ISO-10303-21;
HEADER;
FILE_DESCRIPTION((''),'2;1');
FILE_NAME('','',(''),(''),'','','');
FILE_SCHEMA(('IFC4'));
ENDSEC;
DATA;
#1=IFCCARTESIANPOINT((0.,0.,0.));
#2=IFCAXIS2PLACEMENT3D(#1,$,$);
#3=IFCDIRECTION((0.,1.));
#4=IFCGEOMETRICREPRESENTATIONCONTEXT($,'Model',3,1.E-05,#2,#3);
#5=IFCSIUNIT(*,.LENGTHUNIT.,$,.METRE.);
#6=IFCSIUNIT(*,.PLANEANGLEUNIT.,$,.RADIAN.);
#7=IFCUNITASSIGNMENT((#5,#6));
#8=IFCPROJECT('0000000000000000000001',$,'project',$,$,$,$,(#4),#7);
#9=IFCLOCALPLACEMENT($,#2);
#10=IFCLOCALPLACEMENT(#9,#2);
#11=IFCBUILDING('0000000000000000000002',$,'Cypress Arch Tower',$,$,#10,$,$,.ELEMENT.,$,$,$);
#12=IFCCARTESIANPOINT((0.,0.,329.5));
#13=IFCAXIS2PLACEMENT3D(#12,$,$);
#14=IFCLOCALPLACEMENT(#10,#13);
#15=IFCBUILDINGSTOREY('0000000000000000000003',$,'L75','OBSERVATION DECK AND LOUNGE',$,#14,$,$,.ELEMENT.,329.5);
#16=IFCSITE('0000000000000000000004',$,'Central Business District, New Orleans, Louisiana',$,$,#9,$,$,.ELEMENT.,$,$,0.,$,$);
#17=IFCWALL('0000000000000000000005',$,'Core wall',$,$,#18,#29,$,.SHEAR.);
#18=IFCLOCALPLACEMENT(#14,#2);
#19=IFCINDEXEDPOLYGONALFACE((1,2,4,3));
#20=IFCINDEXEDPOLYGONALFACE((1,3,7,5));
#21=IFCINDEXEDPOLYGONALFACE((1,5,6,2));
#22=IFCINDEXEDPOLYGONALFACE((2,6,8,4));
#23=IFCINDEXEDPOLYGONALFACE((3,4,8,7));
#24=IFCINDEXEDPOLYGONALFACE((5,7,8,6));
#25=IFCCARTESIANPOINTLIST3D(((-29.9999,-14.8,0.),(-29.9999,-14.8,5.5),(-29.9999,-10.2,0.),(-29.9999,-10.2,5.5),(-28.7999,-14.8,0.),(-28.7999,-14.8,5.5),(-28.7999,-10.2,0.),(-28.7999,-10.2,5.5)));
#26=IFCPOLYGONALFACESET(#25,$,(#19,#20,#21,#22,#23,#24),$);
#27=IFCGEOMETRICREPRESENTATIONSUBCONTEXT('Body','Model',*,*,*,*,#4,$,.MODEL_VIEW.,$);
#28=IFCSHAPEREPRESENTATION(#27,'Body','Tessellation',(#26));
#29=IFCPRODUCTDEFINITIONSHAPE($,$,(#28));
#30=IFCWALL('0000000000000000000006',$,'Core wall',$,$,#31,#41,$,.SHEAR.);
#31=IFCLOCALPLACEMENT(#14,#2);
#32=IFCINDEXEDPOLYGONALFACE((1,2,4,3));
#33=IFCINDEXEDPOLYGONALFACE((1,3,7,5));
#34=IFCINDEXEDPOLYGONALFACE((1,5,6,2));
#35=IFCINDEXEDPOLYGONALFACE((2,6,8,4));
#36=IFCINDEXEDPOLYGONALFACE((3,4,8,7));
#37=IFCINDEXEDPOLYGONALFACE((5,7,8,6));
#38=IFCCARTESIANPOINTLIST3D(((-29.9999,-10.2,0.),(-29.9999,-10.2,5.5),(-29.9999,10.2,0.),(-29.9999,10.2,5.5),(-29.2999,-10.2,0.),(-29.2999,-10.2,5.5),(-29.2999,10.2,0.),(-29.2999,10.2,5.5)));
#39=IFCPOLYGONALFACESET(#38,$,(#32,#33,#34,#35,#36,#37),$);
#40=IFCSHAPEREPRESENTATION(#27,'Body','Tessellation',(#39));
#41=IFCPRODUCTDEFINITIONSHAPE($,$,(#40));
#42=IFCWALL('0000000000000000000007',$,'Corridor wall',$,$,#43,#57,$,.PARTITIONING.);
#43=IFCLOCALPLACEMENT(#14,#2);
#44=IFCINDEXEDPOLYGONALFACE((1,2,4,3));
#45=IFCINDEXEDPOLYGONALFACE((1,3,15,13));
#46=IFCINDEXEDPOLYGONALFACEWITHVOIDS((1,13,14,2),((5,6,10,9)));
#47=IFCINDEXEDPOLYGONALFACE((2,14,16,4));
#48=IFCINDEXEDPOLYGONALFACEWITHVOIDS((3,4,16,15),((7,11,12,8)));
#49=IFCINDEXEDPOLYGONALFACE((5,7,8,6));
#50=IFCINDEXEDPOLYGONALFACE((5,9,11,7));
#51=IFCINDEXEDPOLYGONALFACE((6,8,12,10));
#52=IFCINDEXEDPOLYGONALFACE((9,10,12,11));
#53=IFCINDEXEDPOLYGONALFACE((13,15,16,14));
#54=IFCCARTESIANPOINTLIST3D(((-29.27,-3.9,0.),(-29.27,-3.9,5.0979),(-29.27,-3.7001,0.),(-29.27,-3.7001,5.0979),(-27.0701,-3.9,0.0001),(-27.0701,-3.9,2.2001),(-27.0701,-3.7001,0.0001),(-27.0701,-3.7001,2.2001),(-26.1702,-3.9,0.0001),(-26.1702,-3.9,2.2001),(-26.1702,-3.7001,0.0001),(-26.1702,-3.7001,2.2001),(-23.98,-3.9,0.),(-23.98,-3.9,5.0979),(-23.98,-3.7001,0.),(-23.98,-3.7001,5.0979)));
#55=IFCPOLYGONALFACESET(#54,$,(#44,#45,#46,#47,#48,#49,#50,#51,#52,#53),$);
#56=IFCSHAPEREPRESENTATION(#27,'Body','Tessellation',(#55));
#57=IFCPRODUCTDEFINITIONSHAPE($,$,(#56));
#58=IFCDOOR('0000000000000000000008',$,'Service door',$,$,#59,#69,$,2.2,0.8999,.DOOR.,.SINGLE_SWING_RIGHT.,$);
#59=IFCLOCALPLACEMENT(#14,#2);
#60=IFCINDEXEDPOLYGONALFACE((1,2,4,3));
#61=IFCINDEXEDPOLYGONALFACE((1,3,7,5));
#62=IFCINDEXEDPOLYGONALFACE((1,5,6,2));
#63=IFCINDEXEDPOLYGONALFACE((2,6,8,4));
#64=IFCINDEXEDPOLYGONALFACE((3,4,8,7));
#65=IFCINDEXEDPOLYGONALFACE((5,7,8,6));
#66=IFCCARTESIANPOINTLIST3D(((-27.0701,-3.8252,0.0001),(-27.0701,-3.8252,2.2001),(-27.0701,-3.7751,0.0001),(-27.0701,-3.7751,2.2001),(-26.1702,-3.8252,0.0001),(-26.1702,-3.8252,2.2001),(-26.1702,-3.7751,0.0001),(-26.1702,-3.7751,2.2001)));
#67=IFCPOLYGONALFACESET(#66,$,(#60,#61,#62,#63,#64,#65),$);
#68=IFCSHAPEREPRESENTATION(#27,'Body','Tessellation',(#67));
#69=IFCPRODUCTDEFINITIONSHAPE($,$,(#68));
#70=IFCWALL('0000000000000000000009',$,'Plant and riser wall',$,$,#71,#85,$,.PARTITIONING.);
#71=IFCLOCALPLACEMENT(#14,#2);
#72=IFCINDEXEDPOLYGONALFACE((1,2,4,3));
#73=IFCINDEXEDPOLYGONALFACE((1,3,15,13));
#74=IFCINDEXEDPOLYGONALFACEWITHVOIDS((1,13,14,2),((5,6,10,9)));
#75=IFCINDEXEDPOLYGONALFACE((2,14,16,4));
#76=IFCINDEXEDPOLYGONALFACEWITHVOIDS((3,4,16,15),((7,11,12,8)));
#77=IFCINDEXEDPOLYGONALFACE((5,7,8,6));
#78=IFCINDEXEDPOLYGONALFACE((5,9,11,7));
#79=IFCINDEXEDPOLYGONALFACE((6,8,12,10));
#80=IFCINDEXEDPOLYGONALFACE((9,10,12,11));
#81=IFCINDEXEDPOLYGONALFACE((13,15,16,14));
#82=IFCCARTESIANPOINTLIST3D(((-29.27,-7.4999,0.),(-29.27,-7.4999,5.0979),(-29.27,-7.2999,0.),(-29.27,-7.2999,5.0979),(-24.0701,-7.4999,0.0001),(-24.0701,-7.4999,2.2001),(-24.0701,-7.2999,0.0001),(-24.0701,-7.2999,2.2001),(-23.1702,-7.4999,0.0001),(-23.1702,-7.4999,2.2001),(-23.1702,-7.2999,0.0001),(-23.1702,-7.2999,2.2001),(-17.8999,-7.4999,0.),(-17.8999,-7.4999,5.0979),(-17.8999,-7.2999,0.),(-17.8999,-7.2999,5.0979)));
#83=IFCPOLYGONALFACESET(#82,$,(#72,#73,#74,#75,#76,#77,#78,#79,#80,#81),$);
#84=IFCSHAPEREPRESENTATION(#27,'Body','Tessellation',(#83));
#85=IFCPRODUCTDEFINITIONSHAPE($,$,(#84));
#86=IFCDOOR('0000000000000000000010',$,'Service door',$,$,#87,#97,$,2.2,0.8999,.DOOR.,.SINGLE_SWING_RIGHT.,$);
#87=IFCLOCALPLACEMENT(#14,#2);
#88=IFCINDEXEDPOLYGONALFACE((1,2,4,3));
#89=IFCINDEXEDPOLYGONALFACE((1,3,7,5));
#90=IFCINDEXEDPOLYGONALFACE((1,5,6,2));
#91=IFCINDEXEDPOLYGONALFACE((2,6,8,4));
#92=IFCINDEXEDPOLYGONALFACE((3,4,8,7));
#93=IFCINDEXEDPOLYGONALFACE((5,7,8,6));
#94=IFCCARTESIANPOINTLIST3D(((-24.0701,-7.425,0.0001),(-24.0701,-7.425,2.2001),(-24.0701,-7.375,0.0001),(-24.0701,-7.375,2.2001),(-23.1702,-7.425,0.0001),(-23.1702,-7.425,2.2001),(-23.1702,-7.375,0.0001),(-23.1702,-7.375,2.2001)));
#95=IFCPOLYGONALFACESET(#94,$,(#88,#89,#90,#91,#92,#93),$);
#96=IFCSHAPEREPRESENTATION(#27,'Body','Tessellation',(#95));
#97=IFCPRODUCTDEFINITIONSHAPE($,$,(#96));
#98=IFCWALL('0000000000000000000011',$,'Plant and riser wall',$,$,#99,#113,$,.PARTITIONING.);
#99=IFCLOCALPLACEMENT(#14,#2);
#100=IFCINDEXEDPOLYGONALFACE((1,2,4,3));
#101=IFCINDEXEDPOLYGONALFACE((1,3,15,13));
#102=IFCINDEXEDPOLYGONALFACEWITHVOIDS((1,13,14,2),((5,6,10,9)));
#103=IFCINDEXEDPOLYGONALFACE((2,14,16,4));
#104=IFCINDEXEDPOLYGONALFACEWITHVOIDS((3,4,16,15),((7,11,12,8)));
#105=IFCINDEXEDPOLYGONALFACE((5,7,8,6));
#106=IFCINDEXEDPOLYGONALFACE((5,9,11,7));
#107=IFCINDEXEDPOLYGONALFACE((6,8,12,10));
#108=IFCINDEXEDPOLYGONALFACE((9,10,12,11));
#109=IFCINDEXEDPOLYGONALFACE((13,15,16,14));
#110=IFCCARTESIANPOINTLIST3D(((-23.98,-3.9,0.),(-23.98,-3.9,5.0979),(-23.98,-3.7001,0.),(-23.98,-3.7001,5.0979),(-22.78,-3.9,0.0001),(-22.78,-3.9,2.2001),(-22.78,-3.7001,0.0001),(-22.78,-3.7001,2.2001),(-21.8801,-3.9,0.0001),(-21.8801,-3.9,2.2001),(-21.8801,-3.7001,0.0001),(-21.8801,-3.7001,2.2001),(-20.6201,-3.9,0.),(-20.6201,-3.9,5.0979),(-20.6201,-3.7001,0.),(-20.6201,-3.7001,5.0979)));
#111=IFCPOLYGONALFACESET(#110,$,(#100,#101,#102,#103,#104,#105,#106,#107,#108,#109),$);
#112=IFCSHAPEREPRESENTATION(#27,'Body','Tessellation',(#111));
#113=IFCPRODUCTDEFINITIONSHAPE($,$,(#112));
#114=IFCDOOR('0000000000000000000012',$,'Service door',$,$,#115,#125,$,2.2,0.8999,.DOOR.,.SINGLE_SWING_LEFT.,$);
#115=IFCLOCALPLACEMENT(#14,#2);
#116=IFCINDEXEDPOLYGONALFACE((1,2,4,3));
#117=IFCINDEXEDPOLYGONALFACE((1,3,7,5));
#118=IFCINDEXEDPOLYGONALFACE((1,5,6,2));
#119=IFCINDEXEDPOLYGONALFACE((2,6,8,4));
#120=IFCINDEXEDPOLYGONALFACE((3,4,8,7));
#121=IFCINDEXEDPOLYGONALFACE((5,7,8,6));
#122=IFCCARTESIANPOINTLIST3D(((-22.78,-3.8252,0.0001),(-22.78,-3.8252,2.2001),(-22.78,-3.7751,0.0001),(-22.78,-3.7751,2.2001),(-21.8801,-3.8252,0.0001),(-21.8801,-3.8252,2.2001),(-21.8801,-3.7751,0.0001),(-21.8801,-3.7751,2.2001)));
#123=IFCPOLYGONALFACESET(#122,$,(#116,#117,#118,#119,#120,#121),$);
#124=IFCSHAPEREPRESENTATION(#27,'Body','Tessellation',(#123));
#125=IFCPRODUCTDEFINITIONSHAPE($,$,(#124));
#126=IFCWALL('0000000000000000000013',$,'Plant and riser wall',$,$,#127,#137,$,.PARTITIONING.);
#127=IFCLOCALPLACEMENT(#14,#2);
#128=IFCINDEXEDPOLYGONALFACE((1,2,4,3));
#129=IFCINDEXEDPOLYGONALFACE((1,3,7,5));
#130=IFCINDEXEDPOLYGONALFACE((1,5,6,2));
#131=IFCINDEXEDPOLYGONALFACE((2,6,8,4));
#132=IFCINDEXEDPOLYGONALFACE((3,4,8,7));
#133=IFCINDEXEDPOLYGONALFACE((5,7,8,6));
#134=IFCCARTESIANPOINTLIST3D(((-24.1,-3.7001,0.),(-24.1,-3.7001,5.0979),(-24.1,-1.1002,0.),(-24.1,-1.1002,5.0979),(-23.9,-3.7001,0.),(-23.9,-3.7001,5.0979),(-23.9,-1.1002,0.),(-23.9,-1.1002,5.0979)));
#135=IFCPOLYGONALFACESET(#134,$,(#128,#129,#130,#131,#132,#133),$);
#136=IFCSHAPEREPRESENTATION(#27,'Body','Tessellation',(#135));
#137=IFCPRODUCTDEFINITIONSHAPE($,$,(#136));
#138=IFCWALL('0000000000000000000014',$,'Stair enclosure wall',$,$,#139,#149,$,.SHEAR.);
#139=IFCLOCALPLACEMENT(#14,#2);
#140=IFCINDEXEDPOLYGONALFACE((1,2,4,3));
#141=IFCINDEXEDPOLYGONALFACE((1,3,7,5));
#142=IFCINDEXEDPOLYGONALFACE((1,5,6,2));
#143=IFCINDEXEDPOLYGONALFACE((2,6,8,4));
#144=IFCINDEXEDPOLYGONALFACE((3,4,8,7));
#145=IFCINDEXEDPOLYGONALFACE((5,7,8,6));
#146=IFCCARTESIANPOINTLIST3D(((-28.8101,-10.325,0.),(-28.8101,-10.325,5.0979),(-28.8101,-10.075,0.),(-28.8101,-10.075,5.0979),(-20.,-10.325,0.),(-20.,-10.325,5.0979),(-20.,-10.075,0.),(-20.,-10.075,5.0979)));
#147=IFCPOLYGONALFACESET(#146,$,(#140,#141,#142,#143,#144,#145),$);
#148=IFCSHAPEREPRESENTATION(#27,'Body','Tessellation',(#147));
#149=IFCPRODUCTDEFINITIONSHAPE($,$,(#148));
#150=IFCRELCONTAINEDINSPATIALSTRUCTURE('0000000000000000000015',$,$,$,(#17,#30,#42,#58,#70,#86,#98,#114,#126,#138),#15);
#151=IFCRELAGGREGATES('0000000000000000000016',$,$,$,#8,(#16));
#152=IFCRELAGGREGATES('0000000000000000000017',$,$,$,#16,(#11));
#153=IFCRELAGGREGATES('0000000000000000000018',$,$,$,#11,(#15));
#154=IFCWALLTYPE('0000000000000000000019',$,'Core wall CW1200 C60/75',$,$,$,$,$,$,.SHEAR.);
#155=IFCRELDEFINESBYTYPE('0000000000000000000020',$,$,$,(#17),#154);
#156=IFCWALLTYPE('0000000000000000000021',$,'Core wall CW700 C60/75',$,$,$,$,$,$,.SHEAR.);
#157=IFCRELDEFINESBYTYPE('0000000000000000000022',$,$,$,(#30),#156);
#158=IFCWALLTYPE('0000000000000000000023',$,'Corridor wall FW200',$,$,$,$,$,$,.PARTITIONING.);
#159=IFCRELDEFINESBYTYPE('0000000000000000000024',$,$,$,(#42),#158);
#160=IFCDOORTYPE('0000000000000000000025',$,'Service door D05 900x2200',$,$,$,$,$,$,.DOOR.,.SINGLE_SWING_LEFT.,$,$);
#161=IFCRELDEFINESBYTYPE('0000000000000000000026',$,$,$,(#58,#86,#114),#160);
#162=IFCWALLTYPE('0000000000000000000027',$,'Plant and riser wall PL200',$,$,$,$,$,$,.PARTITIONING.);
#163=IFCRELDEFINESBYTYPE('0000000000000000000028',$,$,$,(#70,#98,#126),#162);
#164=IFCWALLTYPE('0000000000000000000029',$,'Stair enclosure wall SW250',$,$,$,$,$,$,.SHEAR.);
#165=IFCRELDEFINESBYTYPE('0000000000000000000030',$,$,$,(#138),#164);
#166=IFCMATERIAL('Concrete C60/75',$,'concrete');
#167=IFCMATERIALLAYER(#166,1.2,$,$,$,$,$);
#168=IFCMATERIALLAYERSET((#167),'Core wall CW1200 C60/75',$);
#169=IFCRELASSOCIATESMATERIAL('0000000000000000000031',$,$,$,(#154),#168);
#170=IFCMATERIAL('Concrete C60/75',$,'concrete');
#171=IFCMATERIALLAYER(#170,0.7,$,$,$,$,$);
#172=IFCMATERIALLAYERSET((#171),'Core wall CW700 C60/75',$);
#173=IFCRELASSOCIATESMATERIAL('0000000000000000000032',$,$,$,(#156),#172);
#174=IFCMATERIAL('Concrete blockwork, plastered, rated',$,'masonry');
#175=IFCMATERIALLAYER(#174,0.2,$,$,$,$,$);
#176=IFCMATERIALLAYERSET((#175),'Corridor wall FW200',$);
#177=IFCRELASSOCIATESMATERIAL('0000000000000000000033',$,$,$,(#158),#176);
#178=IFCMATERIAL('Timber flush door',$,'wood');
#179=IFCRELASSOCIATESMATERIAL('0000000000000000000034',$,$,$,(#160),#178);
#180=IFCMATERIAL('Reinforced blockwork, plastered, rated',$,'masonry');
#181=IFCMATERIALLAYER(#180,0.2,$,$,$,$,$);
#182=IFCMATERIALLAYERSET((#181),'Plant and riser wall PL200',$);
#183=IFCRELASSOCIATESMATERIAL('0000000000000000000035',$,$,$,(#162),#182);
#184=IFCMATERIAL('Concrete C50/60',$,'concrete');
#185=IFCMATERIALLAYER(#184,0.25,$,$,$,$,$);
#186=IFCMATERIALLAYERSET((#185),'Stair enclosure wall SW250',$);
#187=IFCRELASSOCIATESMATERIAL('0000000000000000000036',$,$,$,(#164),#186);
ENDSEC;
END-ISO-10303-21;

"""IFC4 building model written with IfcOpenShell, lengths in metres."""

from ifc_helpers import new_model, si_unit, direction, frame, frame_2d, origin, place, context, subcontext, project, spatial, rectangle, extrude, material, layer, layer_set, type_object, element, fill, save


model = new_model("IFC4")

# Units and contexts
model_context = context("Model", 3, precision=1e-05, world=origin(), true_north=direction((0.0, 1.0)))
body_context = subcontext(model_context, "Body", "Model", "MODEL_VIEW")
ifc_project = project(units=[si_unit("LENGTHUNIT", "METRE"), si_unit("PLANEANGLEUNIT", "RADIAN")], contexts=[model_context])

# Site, building, storey
site_placement = place(None, origin())
site = spatial("IfcSite", under=ifc_project, at=site_placement, Name="Central Business District, New Orleans, Louisiana", CompositionType="ELEMENT", RefElevation=0.0)
building_placement = place(site_placement, origin())
building = spatial("IfcBuilding", under=site, at=building_placement, Name="Cypress Arch Tower", CompositionType="ELEMENT")
storey_placement = place(building_placement, frame((0.0, 0.0, 329.5)))
storey = spatial("IfcBuildingStorey", under=building, at=storey_placement, Name="L75", Description="OBSERVATION DECK AND LOUNGE", CompositionType="ELEMENT", Elevation=329.5)

# Walls
ifc_material_1 = material(Name="Concrete C60/75", Category="concrete")
ifc_layer_1 = layer(ifc_material_1, 1.2)
ifc_layer_set_1 = layer_set([ifc_layer_1], Name="Core wall CW1200 C60/75")
wall_type_1 = type_object("IfcWallType", Name="Core wall CW1200 C60/75", PredefinedType="SHEAR", material=ifc_layer_set_1)
wall_1_placement = place(storey_placement, frame((-29.3999, -14.8, 0.0), z_axis=(0.0, 0.0, 1.0), x_axis=(0.0, 1.0, 0.0)))
element("IfcWall", 1, at=wall_1_placement, inside=storey, type_object=wall_type_1, Name="Core wall", PredefinedType="SHEAR", context=body_context, shape_type="SweptSolid", body=[
    extrude(rectangle(XDim=4.6001, YDim=1.2, at=frame_2d((2.3, 0.0))), origin(), (0.0, 0.0, 1.0), 5.5),
])
ifc_material_2 = material(Name="Concrete C60/75", Category="concrete")
ifc_layer_2 = layer(ifc_material_2, 0.7)
ifc_layer_set_2 = layer_set([ifc_layer_2], Name="Core wall CW700 C60/75")
wall_type_2 = type_object("IfcWallType", Name="Core wall CW700 C60/75", PredefinedType="SHEAR", material=ifc_layer_set_2)
wall_2_placement = place(storey_placement, frame((-29.6499, -10.2, 0.0), z_axis=(0.0, 0.0, 1.0), x_axis=(0.0, 1.0, 0.0)))
element("IfcWall", 2, at=wall_2_placement, inside=storey, type_object=wall_type_2, Name="Core wall", PredefinedType="SHEAR", context=body_context, shape_type="SweptSolid", body=[
    extrude(rectangle(XDim=20.3999, YDim=0.7, at=frame_2d((10.2, 0.0))), origin(), (0.0, 0.0, 1.0), 5.5),
])

# Walls, openings, doors
ifc_material_3 = material(Name="Concrete blockwork, plastered, rated", Category="masonry")
ifc_layer_3 = layer(ifc_material_3, 0.2)
ifc_layer_set_3 = layer_set([ifc_layer_3], Name="Corridor wall FW200")
wall_type_3 = type_object("IfcWallType", Name="Corridor wall FW200", PredefinedType="PARTITIONING", material=ifc_layer_set_3)
wall_3_placement = place(storey_placement, frame((-29.27, -3.8, 0.0), z_axis=(0.0, 0.0, 1.0), x_axis=(1.0, 0.0, 0.0)))
wall_3 = element("IfcWall", 3, at=wall_3_placement, inside=storey, type_object=wall_type_3, Name="Corridor wall", PredefinedType="PARTITIONING", context=body_context, shape_type="SweptSolid", body=[
    extrude(rectangle(XDim=5.29, YDim=0.2, at=frame_2d((2.645, 0.0))), origin(), (0.0, 0.0, 1.0), 5.0979),
])
opening_1_placement = place(wall_3_placement, frame((2.2, 0.0, 0.0)))
opening_1 = element("IfcOpeningElement", 4, at=opening_1_placement, cuts=wall_3, PredefinedType="OPENING", context=body_context, shape_type="SweptSolid", body=[
    extrude(rectangle(XDim=0.8999, YDim=2.2, at=frame_2d((0.45, 1.1001))), frame((0.0, 0.1099, 0.0), z_axis=(0.0, -1.0, 0.0), x_axis=(1.0, 0.0, 0.0)), (0.0, 0.0, 1.0), 0.22),
])
ifc_material_4 = material(Name="Timber flush door", Category="wood")
door_type = type_object("IfcDoorType", Name="Service door D05 900x2200", OperationType="SINGLE_SWING_LEFT", PredefinedType="DOOR", material=ifc_material_4)
door_1_placement = place(opening_1_placement, origin())
door_1 = element("IfcDoor", 5, at=door_1_placement, inside=storey, type_object=door_type, Name="Service door", OperationType="SINGLE_SWING_RIGHT", OverallHeight=2.2, OverallWidth=0.8999, PredefinedType="DOOR", context=body_context, shape_type="SweptSolid", body=[
    extrude(rectangle(XDim=0.8999, YDim=2.2, at=frame_2d((0.45, 1.1001))), frame((0.0, 0.0249, 0.0), z_axis=(0.0, -1.0, 0.0), x_axis=(1.0, 0.0, 0.0)), (0.0, 0.0, 1.0), 0.05),
])
fill(opening_1, door_1)
ifc_material_5 = material(Name="Reinforced blockwork, plastered, rated", Category="masonry")
ifc_layer_4 = layer(ifc_material_5, 0.2)
ifc_layer_set_4 = layer_set([ifc_layer_4], Name="Plant and riser wall PL200")
wall_type_4 = type_object("IfcWallType", Name="Plant and riser wall PL200", PredefinedType="PARTITIONING", material=ifc_layer_set_4)
wall_4_placement = place(storey_placement, frame((-29.27, -7.3999, 0.0), z_axis=(0.0, 0.0, 1.0), x_axis=(1.0, 0.0, 0.0)))
wall_4 = element("IfcWall", 6, at=wall_4_placement, inside=storey, type_object=wall_type_4, Name="Plant and riser wall", PredefinedType="PARTITIONING", context=body_context, shape_type="SweptSolid", body=[
    extrude(rectangle(XDim=11.3701, YDim=0.2, at=frame_2d((5.6851, 0.0))), origin(), (0.0, 0.0, 1.0), 5.0979),
])
opening_2_placement = place(wall_4_placement, frame((5.2, 0.0, 0.0)))
opening_2 = element("IfcOpeningElement", 7, at=opening_2_placement, cuts=wall_4, PredefinedType="OPENING", context=body_context, shape_type="SweptSolid", body=[
    extrude(rectangle(XDim=0.8999, YDim=2.2, at=frame_2d((0.45, 1.1001))), frame((0.0, 0.1099, 0.0), z_axis=(0.0, -1.0, 0.0), x_axis=(1.0, 0.0, 0.0)), (0.0, 0.0, 1.0), 0.22),
])
door_2_placement = place(opening_2_placement, origin())
door_2 = element("IfcDoor", 8, at=door_2_placement, inside=storey, type_object=door_type, Name="Service door", OperationType="SINGLE_SWING_RIGHT", OverallHeight=2.2, OverallWidth=0.8999, PredefinedType="DOOR", context=body_context, shape_type="SweptSolid", body=[
    extrude(rectangle(XDim=0.8999, YDim=2.2, at=frame_2d((0.45, 1.1001))), frame((0.0, 0.0249, 0.0), z_axis=(0.0, -1.0, 0.0), x_axis=(1.0, 0.0, 0.0)), (0.0, 0.0, 1.0), 0.05),
])
fill(opening_2, door_2)
wall_5_placement = place(storey_placement, frame((-23.98, -3.8, 0.0), z_axis=(0.0, 0.0, 1.0), x_axis=(1.0, 0.0, 0.0)))
wall_5 = element("IfcWall", 9, at=wall_5_placement, inside=storey, type_object=wall_type_4, Name="Plant and riser wall", PredefinedType="PARTITIONING", context=body_context, shape_type="SweptSolid", body=[
    extrude(rectangle(XDim=3.3599, YDim=0.2, at=frame_2d((1.6799, 0.0))), origin(), (0.0, 0.0, 1.0), 5.0979),
])
opening_3_placement = place(wall_5_placement, frame((1.2, 0.0, 0.0)))
opening_3 = element("IfcOpeningElement", 10, at=opening_3_placement, cuts=wall_5, PredefinedType="OPENING", context=body_context, shape_type="SweptSolid", body=[
    extrude(rectangle(XDim=0.8999, YDim=2.2, at=frame_2d((0.45, 1.1001))), frame((0.0, 0.1099, 0.0), z_axis=(0.0, -1.0, 0.0), x_axis=(1.0, 0.0, 0.0)), (0.0, 0.0, 1.0), 0.22),
])
door_3_placement = place(opening_3_placement, origin())
door_3 = element("IfcDoor", 11, at=door_3_placement, inside=storey, type_object=door_type, Name="Service door", OperationType="SINGLE_SWING_LEFT", OverallHeight=2.2, OverallWidth=0.8999, PredefinedType="DOOR", context=body_context, shape_type="SweptSolid", body=[
    extrude(rectangle(XDim=0.8999, YDim=2.2, at=frame_2d((0.45, 1.1001))), frame((0.0, 0.0249, 0.0), z_axis=(0.0, -1.0, 0.0), x_axis=(1.0, 0.0, 0.0)), (0.0, 0.0, 1.0), 0.05),
])
fill(opening_3, door_3)

# Walls
wall_6_placement = place(storey_placement, frame((-24.0, -3.7, 0.0), z_axis=(0.0, 0.0, 1.0), x_axis=(0.0, 1.0, 0.0)))
element("IfcWall", 12, at=wall_6_placement, inside=storey, type_object=wall_type_4, Name="Plant and riser wall", PredefinedType="PARTITIONING", context=body_context, shape_type="SweptSolid", body=[
    extrude(rectangle(XDim=2.5999, YDim=0.2, at=frame_2d((1.2998, 0.0))), origin(), (0.0, 0.0, 1.0), 5.0979),
])
ifc_material_6 = material(Name="Concrete C50/60", Category="concrete")
ifc_layer_5 = layer(ifc_material_6, 0.25)
ifc_layer_set_5 = layer_set([ifc_layer_5], Name="Stair enclosure wall SW250")
wall_type_5 = type_object("IfcWallType", Name="Stair enclosure wall SW250", PredefinedType="SHEAR", material=ifc_layer_set_5)
wall_7_placement = place(storey_placement, frame((-28.8101, -10.2, 0.0), z_axis=(0.0, 0.0, 1.0), x_axis=(1.0, 0.0, 0.0)))
element("IfcWall", 13, at=wall_7_placement, inside=storey, type_object=wall_type_5, Name="Stair enclosure wall", PredefinedType="SHEAR", context=body_context, shape_type="SweptSolid", body=[
    extrude(rectangle(XDim=8.8101, YDim=0.25, at=frame_2d((4.405, 0.0))), origin(), (0.0, 0.0, 1.0), 5.0979),
])

save(model, "model.ifc")
